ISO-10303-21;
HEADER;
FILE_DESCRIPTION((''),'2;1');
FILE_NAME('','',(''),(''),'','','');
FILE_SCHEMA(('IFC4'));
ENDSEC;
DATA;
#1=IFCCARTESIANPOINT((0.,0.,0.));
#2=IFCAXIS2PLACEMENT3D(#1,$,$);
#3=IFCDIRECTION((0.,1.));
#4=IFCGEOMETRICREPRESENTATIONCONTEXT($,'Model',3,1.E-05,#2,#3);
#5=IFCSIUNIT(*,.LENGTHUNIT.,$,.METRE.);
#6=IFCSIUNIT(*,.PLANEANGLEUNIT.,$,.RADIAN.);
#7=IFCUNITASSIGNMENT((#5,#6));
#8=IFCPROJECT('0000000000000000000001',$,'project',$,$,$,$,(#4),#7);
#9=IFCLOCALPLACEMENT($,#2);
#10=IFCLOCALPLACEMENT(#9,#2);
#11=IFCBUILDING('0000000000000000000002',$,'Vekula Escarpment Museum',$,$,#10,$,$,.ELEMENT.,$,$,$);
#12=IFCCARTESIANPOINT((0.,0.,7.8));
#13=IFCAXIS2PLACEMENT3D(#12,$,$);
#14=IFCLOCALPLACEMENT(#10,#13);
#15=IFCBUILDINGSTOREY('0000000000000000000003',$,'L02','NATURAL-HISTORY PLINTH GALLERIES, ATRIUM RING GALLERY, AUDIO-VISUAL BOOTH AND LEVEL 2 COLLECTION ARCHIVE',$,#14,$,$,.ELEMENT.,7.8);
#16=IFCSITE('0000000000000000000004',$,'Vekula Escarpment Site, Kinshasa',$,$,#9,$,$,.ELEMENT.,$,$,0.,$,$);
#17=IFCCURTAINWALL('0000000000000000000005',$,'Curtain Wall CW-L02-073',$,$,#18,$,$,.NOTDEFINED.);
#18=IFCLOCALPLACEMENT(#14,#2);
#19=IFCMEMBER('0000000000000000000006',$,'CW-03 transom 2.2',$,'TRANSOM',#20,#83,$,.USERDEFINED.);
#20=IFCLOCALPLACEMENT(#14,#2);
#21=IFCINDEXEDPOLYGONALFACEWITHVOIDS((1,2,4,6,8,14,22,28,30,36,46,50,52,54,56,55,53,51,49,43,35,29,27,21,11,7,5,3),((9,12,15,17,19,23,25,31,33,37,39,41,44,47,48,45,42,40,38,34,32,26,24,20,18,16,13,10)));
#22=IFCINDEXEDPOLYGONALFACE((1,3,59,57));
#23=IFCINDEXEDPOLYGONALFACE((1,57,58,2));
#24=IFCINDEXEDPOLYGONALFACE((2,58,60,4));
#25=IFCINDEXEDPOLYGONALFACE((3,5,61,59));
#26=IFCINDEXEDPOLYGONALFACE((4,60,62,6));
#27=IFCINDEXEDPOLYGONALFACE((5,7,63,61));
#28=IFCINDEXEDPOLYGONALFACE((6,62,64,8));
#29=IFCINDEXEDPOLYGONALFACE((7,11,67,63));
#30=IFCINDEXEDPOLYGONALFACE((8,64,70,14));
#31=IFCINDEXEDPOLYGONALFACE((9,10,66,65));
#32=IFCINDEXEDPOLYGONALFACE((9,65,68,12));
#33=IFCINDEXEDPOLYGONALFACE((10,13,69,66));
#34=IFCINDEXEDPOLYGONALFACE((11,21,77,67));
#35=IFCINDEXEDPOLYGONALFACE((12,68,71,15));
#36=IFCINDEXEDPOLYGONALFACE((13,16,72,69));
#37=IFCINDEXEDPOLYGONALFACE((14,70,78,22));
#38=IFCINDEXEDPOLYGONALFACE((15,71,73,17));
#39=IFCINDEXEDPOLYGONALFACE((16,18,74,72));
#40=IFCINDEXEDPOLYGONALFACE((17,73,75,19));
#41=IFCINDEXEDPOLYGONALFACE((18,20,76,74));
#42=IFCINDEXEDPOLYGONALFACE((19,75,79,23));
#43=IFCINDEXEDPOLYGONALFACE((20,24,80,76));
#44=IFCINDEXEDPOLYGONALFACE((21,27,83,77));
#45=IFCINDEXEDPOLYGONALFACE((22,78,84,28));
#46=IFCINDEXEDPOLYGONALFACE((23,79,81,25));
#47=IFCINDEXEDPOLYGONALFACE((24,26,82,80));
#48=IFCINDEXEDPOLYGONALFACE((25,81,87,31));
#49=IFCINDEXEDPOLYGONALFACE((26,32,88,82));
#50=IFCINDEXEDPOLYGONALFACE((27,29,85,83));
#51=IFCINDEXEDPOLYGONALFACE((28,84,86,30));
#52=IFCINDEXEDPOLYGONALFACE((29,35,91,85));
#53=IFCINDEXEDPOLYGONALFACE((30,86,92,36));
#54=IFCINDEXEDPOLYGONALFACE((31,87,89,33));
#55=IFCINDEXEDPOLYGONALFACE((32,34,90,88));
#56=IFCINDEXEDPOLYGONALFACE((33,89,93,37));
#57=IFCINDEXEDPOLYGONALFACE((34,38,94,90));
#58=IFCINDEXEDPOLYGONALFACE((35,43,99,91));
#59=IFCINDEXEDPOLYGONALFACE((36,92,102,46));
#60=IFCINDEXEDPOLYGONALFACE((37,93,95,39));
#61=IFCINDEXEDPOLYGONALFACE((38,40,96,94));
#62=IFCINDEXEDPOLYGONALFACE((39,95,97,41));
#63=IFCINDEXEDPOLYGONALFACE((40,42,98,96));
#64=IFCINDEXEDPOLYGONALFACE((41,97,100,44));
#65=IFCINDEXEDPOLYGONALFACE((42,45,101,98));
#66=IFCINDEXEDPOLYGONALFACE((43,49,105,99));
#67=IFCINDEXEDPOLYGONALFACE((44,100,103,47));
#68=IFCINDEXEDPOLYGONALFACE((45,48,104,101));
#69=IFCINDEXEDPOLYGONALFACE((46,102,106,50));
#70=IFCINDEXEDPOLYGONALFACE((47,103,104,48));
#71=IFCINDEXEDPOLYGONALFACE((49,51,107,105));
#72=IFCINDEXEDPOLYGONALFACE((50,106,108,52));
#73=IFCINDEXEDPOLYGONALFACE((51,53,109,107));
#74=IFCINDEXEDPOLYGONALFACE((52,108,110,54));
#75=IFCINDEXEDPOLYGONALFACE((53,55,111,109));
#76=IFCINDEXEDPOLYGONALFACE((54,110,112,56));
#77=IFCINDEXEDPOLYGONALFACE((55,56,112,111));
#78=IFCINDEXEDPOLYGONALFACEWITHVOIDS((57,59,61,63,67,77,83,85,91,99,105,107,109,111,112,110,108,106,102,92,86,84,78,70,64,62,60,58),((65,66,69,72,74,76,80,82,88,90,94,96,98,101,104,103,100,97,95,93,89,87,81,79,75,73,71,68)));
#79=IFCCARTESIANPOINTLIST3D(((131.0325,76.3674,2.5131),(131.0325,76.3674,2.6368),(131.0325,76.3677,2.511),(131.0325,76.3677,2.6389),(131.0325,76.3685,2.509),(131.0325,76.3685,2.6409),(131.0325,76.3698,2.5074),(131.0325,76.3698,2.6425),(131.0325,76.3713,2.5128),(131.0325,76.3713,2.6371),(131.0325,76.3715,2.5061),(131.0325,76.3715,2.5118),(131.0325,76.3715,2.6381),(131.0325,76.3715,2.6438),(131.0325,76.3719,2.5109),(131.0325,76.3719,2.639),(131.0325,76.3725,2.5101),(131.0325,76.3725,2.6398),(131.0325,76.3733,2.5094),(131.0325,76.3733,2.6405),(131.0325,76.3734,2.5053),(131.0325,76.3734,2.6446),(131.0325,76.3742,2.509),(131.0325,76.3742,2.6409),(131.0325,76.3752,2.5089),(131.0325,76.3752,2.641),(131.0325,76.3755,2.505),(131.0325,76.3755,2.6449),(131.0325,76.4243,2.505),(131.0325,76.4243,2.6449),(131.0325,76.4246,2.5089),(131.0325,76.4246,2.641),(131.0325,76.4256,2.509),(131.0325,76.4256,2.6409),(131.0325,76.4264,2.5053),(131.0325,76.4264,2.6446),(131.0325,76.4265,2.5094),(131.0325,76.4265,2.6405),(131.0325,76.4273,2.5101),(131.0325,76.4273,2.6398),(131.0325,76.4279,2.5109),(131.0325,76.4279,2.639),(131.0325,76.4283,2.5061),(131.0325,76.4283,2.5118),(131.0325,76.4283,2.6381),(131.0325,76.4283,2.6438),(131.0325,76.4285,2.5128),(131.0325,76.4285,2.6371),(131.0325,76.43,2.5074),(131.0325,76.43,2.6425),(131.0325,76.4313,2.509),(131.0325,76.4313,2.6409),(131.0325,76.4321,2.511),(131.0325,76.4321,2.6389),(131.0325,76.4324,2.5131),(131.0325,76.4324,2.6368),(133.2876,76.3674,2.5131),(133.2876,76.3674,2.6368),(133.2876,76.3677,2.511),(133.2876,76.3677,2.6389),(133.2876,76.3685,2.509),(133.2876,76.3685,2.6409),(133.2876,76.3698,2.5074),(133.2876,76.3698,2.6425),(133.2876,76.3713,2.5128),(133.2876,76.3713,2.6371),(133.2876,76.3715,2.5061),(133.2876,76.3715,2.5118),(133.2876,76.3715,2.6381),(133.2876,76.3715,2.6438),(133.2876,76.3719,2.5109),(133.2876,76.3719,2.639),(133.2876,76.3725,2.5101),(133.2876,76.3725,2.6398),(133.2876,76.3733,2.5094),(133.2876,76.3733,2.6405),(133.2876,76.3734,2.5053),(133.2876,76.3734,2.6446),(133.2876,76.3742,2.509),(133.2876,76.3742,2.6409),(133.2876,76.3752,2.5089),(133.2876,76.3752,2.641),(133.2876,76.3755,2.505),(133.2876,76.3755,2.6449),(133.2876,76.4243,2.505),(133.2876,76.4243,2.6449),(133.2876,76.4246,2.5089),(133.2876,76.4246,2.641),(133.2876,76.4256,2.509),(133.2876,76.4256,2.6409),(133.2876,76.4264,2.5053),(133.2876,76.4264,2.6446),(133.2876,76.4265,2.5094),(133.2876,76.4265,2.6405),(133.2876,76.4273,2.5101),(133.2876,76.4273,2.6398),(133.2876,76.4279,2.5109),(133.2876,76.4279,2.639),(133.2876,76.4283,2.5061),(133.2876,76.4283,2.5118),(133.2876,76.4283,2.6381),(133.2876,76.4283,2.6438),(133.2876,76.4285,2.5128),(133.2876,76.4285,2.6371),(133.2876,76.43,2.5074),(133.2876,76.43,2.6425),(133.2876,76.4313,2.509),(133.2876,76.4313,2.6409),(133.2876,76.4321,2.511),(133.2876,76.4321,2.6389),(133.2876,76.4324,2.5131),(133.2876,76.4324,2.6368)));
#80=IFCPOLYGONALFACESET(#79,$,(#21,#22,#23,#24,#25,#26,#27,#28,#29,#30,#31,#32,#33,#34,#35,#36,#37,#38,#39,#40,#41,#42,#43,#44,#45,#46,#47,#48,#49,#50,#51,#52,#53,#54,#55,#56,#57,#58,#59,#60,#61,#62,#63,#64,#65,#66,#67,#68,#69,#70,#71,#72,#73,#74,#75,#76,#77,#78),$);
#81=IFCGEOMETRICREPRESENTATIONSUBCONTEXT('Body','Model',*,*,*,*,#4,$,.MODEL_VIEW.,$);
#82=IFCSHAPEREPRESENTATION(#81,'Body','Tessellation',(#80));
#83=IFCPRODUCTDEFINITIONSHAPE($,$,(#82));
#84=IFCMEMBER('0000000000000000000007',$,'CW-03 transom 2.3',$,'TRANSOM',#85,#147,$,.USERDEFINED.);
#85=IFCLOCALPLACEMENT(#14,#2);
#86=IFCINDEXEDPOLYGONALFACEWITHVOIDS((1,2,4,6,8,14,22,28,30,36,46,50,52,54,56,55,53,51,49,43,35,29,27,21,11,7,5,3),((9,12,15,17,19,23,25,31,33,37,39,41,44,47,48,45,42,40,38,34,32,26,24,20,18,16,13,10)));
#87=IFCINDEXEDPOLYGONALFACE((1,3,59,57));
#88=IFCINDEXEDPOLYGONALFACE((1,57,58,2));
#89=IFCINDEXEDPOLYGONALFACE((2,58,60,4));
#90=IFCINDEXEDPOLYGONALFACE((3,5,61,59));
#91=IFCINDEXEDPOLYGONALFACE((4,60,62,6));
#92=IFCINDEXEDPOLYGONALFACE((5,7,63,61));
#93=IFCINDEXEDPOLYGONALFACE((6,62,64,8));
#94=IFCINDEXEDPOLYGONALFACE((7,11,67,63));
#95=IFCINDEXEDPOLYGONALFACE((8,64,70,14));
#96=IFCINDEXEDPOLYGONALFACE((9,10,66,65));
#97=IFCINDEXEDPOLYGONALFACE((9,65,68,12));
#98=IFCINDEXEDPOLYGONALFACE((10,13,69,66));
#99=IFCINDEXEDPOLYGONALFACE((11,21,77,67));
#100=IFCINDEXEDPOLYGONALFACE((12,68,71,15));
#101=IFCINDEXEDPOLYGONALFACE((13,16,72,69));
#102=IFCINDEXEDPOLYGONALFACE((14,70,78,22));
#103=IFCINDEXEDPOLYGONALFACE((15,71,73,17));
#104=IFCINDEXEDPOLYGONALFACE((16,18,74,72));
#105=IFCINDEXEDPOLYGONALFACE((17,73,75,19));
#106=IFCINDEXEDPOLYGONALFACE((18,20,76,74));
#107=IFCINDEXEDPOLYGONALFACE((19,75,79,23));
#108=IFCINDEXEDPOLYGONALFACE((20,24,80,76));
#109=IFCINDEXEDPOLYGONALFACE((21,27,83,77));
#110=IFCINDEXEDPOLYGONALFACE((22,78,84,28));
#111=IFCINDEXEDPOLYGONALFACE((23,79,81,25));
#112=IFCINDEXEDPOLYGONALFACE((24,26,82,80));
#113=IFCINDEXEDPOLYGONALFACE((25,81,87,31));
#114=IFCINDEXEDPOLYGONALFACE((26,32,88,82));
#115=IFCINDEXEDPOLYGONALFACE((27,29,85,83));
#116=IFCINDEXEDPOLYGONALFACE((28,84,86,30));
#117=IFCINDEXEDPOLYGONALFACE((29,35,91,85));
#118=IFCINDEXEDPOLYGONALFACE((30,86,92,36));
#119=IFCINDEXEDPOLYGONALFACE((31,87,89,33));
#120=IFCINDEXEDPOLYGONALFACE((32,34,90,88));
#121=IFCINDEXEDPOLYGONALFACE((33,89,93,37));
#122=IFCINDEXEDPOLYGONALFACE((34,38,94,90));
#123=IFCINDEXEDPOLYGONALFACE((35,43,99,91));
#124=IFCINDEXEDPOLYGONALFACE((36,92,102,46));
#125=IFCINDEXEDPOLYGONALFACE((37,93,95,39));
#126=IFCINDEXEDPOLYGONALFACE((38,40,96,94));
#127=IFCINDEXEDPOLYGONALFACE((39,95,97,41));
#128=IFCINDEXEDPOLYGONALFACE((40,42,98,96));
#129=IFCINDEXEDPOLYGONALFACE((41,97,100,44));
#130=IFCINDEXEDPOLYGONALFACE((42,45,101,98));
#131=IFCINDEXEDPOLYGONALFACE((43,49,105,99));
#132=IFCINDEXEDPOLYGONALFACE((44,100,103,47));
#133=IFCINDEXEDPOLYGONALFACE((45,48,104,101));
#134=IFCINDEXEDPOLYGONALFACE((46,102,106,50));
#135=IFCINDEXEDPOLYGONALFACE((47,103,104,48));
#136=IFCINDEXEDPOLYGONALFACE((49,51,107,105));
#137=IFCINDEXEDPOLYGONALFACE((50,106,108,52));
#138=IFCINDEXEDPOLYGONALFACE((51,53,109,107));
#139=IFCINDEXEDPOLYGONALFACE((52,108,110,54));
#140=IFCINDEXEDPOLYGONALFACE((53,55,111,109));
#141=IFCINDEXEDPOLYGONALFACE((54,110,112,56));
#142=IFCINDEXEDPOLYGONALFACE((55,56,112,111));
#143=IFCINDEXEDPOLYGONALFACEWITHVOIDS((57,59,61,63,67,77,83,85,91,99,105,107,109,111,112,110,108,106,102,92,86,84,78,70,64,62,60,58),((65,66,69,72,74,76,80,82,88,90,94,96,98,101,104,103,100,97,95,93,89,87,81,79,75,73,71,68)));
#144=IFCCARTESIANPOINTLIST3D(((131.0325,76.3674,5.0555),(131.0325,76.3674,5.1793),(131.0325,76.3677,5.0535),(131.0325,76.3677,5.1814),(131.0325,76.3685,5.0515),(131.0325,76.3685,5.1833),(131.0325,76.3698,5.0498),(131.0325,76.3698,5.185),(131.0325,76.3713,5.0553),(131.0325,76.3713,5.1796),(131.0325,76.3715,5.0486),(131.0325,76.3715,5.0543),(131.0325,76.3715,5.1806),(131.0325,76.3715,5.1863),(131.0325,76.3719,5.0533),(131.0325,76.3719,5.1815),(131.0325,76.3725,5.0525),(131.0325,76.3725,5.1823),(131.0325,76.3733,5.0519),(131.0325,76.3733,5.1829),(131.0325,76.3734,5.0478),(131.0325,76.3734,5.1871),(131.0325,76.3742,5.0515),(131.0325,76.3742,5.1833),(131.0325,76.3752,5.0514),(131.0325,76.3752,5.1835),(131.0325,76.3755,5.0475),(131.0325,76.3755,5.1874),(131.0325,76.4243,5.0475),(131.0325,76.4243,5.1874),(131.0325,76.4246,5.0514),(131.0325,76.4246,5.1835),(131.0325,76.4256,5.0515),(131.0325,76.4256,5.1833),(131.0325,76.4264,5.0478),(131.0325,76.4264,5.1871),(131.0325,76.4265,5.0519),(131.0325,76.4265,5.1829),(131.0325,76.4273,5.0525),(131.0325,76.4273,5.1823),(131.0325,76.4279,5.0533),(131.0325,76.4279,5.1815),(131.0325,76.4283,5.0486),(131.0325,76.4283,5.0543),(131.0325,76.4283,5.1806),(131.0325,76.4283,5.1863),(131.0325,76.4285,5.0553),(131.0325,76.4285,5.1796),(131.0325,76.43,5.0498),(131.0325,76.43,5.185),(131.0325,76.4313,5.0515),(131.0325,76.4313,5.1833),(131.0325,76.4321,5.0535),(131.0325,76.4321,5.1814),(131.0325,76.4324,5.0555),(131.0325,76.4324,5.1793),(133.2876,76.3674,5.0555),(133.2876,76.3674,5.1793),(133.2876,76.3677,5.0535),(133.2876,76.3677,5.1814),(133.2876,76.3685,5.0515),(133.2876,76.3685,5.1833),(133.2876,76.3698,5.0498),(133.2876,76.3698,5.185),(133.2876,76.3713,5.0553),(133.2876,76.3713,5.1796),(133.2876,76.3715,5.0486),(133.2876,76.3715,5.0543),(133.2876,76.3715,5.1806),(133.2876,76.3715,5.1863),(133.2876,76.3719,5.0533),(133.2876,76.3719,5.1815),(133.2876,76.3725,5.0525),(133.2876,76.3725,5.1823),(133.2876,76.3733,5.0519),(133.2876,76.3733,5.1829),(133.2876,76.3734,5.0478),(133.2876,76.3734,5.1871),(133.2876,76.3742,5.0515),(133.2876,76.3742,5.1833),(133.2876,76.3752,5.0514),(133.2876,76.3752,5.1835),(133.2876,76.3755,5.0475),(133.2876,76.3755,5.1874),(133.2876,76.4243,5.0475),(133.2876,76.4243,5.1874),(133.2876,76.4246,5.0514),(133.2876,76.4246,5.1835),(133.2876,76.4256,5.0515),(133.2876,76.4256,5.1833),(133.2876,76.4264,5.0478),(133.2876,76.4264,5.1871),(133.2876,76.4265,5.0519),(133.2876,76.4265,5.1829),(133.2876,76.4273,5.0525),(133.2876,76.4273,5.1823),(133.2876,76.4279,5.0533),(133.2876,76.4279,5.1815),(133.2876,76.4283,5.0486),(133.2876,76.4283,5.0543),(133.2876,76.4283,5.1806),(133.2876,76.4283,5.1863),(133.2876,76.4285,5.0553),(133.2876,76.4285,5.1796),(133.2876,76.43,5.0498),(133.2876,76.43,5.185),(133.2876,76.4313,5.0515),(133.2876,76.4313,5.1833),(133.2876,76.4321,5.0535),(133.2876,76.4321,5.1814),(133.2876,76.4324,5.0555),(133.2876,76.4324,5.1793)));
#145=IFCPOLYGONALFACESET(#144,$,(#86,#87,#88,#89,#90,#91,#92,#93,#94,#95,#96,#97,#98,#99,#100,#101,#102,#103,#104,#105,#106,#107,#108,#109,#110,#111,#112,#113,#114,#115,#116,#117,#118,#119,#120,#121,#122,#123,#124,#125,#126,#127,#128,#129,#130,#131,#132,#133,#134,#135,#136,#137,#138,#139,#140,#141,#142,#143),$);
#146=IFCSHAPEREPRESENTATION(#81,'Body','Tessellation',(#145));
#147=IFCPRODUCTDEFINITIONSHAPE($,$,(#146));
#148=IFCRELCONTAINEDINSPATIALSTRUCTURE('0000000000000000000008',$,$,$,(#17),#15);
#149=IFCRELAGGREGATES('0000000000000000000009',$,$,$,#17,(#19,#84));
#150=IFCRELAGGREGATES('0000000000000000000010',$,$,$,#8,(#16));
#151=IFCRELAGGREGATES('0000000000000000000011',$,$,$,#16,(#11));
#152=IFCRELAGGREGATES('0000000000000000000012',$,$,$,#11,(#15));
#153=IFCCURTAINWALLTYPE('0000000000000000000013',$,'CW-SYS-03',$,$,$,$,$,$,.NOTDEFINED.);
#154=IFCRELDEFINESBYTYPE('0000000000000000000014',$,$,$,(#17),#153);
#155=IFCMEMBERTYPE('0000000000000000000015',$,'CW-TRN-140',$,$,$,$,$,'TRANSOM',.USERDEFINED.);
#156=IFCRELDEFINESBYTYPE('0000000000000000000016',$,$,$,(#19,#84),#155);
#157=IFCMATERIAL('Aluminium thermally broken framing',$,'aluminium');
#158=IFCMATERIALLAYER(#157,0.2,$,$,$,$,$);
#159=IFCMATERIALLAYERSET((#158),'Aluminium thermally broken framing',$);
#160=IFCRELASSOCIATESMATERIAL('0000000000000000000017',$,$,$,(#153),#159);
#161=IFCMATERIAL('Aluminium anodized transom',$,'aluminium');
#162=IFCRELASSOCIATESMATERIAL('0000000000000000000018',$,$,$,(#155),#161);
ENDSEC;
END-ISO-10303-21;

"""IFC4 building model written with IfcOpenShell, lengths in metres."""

from ifc_helpers import new_model, si_unit, direction, frame, origin, origin_2d, place, context, subcontext, project, spatial, hollow_rectangle, extrude, material, layer, layer_set, material_profile, profile_set, type_object, element, aggregate, save


model = new_model("IFC4")

# Units and contexts
model_context = context("Model", 3, precision=1e-05, world=origin(), true_north=direction((0.0, 1.0)))
body_context = subcontext(model_context, "Body", "Model", "MODEL_VIEW")
ifc_project = project(units=[si_unit("LENGTHUNIT", "METRE"), si_unit("PLANEANGLEUNIT", "RADIAN")], contexts=[model_context])

# Site, building, storey
site_placement = place(None, origin())
site = spatial("IfcSite", under=ifc_project, at=site_placement, Name="Vekula Escarpment Site, Kinshasa", CompositionType="ELEMENT", RefElevation=0.0)
building_placement = place(site_placement, origin())
building = spatial("IfcBuilding", under=site, at=building_placement, Name="Vekula Escarpment Museum", CompositionType="ELEMENT")
storey_placement = place(building_placement, frame((0.0, 0.0, 7.8)))
storey = spatial("IfcBuildingStorey", under=building, at=storey_placement, Name="L02", Description="NATURAL-HISTORY PLINTH GALLERIES, ATRIUM RING GALLERY, AUDIO-VISUAL BOOTH AND LEVEL 2 COLLECTION ARCHIVE", CompositionType="ELEMENT", Elevation=7.8)

# Curtain wall
ifc_material_1 = material(Name="Aluminium thermally broken framing", Category="aluminium")
ifc_layer_1 = layer(ifc_material_1, 0.2)
ifc_layer_set_1 = layer_set([ifc_layer_1], Name="Aluminium thermally broken framing")
curtain_wall_type_1 = type_object("IfcCurtainWallType", Name="CW-SYS-03", PredefinedType="NOTDEFINED", material=ifc_layer_set_1)
curtain_wall_1_placement = place(storey_placement, origin())
curtain_wall_1 = element("IfcCurtainWall", 1, at=curtain_wall_1_placement, inside=storey, type_object=curtain_wall_type_1, Name="Curtain Wall CW-L02-073", PredefinedType="NOTDEFINED")

# Members
ifc_material_2 = material(Name="Aluminium anodized transom", Category="aluminium")
ifc_material_profile_1 = material_profile(ifc_material_2, hollow_rectangle(XDim=0.0649, YDim=0.1399, WallThickness=0.0039, InnerFilletRadius=0.0039, OuterFilletRadius=0.0081, at=origin_2d()), Name="ALU 140x65x4")
ifc_profile_set_1 = profile_set([ifc_material_profile_1], Name="Aluminium anodized transom")
member_type_1 = type_object("IfcMemberType", Name="CW-TRN-140", ElementType="TRANSOM", PredefinedType="USERDEFINED", material=ifc_profile_set_1)
member_1_placement = place(storey_placement, frame((133.2876, 76.3999, 2.575), z_axis=(-1.0, 0.0, 0.0), x_axis=(0.0, -1.0, 0.0)))
member_1 = element("IfcMember", 2, at=member_1_placement, type_object=member_type_1, Name="CW-03 transom 2.2", ObjectType="TRANSOM", PredefinedType="USERDEFINED", context=body_context, shape_type="SweptSolid", body=[
    extrude(hollow_rectangle(XDim=0.0649, YDim=0.1399, WallThickness=0.0039, InnerFilletRadius=0.0039, OuterFilletRadius=0.0081, at=origin_2d()), origin(), (0.0, 0.0, 1.0), 2.2551),
])
member_2_placement = place(storey_placement, frame((133.2876, 76.3999, 5.1174), z_axis=(-1.0, 0.0, 0.0), x_axis=(0.0, -1.0, 0.0)))
member_2 = element("IfcMember", 3, at=member_2_placement, type_object=member_type_1, Name="CW-03 transom 2.3", ObjectType="TRANSOM", PredefinedType="USERDEFINED", context=body_context, shape_type="SweptSolid", body=[
    extrude(hollow_rectangle(XDim=0.0649, YDim=0.1399, WallThickness=0.0039, InnerFilletRadius=0.0039, OuterFilletRadius=0.0081, at=origin_2d()), origin(), (0.0, 0.0, 1.0), 2.2551),
])

aggregate(curtain_wall_1, [member_1, member_2])

save(model, "model.ifc")
